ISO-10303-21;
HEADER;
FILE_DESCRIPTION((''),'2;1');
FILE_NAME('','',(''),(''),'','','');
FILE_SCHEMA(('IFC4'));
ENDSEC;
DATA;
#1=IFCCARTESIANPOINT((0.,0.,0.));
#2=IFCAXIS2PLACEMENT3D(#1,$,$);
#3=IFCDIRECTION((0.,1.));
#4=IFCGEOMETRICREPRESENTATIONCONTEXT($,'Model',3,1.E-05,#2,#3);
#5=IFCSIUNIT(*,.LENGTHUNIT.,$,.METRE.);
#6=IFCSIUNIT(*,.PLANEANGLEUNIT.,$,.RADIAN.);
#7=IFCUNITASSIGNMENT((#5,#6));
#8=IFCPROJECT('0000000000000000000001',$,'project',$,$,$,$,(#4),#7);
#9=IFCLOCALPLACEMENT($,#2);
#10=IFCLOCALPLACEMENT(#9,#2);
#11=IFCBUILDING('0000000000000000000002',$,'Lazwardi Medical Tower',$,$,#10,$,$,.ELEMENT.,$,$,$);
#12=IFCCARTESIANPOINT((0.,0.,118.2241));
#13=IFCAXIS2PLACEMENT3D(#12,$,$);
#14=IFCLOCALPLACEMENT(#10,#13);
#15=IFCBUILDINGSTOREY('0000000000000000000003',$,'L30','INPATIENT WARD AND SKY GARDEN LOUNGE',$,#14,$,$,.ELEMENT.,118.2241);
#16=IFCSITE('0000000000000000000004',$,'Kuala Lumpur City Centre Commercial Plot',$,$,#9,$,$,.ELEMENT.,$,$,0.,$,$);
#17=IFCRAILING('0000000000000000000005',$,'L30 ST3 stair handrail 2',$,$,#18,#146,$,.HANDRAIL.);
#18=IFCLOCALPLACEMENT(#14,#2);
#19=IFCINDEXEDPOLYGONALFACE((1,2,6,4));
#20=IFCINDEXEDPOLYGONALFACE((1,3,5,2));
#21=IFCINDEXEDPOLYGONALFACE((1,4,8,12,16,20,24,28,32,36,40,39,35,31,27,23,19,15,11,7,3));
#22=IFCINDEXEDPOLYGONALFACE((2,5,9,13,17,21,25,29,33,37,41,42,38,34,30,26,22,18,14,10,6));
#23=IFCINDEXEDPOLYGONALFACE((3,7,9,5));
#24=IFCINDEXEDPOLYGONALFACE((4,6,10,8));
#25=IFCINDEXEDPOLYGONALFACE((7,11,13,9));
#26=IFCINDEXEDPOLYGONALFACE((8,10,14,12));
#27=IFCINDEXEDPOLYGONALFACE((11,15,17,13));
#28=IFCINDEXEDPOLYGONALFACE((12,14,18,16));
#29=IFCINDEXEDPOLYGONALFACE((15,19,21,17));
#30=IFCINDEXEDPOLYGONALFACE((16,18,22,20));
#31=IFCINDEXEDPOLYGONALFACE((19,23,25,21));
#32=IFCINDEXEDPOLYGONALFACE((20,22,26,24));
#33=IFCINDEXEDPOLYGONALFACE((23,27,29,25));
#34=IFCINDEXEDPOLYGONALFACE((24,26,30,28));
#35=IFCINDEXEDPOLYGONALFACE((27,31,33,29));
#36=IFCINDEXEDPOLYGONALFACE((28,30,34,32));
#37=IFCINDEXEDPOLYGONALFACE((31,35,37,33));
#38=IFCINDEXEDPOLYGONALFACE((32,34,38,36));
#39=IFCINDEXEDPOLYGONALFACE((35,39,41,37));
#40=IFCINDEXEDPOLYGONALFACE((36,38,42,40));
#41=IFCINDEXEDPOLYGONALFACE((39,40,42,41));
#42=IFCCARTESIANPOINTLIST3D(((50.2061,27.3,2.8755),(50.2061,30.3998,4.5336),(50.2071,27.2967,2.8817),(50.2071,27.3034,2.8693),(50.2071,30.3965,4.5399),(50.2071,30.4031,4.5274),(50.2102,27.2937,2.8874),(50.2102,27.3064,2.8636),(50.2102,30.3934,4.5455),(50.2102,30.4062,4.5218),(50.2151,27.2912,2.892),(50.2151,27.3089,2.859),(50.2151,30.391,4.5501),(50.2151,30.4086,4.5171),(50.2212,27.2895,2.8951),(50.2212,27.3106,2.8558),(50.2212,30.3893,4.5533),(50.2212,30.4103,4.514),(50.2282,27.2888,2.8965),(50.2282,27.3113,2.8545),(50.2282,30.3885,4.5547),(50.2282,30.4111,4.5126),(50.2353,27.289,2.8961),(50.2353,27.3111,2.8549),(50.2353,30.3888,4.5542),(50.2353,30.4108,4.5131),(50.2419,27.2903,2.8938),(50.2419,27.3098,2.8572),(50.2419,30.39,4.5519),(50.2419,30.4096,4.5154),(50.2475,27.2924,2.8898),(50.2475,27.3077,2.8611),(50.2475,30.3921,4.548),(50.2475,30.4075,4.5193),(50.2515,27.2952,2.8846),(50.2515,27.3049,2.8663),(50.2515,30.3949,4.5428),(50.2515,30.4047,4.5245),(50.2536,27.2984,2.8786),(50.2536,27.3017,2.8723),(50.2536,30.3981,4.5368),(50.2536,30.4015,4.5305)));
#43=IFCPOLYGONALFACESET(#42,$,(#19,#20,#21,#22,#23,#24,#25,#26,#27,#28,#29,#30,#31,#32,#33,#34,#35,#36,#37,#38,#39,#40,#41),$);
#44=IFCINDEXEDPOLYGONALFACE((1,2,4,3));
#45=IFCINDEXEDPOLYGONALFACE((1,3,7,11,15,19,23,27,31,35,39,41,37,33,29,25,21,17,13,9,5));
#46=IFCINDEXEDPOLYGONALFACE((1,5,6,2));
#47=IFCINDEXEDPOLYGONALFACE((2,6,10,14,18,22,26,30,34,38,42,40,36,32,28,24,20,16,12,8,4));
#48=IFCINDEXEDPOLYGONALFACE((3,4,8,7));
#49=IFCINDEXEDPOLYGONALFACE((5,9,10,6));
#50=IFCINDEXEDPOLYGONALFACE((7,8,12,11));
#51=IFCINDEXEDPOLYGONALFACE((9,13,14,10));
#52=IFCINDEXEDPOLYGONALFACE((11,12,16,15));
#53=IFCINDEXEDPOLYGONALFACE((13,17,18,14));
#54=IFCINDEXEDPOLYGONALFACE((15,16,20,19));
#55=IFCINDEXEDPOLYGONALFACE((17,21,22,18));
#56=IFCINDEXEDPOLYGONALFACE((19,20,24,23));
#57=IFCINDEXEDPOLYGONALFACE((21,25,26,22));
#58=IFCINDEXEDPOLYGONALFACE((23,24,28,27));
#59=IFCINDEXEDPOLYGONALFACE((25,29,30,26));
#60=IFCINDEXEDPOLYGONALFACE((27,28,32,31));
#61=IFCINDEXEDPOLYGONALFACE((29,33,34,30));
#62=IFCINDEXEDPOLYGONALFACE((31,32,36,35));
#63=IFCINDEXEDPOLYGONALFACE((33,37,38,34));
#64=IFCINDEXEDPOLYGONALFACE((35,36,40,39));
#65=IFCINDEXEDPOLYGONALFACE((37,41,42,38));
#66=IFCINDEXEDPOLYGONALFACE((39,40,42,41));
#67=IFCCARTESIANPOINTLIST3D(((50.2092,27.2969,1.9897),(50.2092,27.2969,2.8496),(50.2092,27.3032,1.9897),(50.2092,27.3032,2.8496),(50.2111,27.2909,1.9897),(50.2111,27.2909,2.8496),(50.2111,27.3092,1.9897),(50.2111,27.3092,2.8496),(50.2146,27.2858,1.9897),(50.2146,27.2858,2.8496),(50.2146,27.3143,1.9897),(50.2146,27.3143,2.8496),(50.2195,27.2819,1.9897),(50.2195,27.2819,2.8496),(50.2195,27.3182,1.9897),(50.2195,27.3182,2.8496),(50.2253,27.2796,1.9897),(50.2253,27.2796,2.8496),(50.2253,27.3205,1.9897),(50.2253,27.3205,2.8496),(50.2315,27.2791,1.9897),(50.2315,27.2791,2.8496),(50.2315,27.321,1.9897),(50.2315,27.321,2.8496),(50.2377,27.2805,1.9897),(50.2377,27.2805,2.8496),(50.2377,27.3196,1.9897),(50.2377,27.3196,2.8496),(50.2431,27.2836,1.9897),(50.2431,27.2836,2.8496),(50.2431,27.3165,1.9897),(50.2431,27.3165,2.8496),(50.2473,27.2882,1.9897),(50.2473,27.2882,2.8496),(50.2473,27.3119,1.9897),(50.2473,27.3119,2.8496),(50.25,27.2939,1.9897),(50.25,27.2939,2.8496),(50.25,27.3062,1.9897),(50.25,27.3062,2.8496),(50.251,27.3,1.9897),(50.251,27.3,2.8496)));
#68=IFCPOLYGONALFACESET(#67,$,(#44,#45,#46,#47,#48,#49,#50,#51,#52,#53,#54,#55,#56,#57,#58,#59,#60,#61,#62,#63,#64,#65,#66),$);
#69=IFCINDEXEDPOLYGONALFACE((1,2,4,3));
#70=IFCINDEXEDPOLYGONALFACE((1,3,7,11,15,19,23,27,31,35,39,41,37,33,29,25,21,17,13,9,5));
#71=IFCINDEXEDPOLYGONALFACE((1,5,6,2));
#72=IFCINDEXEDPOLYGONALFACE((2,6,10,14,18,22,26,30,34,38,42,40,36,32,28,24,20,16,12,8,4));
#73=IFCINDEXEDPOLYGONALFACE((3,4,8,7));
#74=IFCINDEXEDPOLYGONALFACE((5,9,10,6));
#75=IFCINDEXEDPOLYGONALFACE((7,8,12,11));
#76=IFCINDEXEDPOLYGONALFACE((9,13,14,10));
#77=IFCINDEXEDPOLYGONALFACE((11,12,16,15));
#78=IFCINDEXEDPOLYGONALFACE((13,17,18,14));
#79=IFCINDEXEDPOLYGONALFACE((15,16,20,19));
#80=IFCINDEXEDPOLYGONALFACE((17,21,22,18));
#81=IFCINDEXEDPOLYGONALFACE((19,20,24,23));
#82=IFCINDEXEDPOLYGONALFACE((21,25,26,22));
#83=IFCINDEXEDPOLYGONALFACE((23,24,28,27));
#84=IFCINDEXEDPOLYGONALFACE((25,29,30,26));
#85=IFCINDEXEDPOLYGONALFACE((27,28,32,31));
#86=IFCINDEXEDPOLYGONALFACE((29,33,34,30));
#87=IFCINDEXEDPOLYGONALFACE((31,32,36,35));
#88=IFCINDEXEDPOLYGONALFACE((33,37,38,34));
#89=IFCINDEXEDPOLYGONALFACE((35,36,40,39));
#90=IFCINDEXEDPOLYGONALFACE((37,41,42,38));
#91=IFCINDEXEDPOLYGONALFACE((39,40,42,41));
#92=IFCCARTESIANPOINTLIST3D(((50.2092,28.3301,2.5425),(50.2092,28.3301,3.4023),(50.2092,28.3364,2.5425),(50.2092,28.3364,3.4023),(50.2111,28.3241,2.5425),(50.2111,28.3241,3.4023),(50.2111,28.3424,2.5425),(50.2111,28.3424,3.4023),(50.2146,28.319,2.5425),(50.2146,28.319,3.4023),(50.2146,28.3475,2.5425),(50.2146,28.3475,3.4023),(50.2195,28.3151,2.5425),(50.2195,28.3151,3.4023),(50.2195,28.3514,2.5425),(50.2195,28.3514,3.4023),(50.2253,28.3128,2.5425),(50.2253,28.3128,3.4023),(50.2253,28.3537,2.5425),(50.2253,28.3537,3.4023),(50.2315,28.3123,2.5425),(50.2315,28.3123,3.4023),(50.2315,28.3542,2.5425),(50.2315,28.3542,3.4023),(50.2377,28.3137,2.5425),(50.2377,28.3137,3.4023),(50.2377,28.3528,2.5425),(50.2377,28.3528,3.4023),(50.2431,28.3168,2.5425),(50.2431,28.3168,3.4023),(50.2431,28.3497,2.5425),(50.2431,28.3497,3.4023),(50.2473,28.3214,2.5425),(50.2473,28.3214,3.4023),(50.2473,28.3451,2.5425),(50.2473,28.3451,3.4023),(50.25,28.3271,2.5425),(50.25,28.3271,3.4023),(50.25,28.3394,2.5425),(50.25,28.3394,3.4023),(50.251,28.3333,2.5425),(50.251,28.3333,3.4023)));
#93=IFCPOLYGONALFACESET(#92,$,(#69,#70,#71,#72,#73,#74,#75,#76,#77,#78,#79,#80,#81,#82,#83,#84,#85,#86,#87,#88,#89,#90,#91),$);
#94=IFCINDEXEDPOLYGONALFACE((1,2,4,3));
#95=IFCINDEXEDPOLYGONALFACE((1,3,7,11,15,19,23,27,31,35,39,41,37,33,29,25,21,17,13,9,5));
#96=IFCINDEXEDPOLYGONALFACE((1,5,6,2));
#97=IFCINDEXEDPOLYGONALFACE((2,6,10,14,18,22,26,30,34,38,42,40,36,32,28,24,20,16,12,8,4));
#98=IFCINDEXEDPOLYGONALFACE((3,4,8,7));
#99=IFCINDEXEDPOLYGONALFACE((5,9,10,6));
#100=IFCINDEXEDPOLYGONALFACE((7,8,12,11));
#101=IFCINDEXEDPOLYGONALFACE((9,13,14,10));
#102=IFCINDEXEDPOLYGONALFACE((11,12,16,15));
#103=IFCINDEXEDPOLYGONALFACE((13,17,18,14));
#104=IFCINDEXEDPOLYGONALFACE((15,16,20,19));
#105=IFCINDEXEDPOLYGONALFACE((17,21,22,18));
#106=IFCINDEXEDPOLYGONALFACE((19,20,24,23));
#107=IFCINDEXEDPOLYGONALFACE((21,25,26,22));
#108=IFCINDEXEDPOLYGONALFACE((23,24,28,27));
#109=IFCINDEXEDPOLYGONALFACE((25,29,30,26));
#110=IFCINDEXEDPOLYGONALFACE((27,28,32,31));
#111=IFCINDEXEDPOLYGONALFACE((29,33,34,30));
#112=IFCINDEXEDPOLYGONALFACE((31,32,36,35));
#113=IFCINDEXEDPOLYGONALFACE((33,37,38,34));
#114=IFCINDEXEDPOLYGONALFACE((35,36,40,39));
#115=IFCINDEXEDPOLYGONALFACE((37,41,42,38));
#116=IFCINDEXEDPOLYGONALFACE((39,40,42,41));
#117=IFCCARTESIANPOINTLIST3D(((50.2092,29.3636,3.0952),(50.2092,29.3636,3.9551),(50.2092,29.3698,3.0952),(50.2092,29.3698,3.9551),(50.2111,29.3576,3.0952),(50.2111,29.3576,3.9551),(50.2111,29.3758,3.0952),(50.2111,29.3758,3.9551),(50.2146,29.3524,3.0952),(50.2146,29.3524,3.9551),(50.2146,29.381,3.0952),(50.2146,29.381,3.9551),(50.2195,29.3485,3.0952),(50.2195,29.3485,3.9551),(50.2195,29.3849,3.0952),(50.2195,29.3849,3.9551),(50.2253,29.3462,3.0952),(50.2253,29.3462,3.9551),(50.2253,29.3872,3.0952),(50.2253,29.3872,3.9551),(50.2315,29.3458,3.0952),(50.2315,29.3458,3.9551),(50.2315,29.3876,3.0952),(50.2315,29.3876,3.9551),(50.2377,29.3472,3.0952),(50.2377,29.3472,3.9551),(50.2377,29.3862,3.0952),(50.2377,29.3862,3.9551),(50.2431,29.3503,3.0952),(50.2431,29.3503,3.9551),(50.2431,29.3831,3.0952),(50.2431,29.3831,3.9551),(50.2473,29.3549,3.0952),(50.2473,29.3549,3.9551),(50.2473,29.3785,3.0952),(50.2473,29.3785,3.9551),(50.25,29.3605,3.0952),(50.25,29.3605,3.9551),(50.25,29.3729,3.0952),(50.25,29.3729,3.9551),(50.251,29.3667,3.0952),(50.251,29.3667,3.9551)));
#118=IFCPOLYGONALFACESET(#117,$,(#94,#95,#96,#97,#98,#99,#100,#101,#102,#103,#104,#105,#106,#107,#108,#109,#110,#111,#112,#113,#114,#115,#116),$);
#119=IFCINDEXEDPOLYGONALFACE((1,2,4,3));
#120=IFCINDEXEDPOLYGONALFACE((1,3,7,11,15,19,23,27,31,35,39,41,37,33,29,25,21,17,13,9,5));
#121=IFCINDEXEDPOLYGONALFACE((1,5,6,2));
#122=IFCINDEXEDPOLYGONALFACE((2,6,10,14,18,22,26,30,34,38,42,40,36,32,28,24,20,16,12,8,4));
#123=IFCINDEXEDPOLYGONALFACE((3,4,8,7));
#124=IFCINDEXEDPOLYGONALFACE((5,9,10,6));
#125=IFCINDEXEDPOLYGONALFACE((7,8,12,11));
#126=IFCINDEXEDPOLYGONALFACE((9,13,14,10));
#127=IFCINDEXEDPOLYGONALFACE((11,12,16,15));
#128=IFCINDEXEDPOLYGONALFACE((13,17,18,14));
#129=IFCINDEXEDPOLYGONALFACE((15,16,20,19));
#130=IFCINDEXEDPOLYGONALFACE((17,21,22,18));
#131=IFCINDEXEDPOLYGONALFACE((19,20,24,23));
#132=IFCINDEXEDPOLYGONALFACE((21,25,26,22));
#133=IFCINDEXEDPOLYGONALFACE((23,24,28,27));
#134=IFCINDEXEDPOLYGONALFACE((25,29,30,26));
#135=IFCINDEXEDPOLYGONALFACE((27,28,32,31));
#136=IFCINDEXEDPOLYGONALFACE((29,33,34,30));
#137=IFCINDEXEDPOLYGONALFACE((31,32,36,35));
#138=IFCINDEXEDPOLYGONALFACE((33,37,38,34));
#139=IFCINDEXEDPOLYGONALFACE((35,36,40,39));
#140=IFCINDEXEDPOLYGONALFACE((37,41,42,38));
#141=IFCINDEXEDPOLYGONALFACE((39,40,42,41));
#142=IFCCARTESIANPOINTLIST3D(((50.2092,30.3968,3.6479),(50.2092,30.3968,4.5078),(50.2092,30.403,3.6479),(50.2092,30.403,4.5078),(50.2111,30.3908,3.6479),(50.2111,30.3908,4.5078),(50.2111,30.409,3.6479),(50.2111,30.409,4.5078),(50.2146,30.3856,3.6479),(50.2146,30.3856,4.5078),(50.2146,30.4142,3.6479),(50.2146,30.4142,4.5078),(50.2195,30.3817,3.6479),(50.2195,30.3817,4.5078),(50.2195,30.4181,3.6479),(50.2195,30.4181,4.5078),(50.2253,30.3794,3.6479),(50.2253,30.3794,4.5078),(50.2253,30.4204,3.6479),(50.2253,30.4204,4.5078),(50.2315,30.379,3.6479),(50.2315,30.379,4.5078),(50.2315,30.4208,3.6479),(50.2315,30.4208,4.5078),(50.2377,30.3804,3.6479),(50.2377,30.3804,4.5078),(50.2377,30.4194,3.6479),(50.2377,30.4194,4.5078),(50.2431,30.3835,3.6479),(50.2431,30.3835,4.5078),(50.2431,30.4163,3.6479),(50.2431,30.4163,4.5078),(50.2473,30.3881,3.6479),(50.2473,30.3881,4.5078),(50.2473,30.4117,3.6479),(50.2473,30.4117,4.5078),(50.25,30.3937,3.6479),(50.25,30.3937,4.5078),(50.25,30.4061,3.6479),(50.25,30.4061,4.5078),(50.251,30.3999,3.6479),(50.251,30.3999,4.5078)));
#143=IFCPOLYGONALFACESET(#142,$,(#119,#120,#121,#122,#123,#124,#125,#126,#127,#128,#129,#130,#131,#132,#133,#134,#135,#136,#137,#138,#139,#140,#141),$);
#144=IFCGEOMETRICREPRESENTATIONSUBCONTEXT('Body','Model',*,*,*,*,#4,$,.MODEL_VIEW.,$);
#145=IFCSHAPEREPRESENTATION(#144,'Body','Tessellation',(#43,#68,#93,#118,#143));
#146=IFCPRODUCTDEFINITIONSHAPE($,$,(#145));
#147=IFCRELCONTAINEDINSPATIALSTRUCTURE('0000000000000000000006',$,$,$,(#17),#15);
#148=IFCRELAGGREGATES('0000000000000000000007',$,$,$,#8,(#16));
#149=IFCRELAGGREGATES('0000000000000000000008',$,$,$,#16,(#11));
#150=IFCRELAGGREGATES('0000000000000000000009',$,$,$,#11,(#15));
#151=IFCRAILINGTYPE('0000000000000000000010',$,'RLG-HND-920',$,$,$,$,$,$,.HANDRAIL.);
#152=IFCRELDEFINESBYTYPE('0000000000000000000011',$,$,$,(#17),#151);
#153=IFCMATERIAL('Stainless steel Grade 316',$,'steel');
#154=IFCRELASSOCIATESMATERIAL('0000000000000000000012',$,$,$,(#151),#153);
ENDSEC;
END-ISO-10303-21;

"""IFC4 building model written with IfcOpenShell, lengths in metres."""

from ifc_helpers import new_model, si_unit, direction, frame, origin, origin_2d, place, context, subcontext, project, spatial, circle, extrude, material, type_object, element, save


model = new_model("IFC4")

# Units and contexts
model_context = context("Model", 3, precision=1e-05, world=origin(), true_north=direction((0.0, 1.0)))
body_context = subcontext(model_context, "Body", "Model", "MODEL_VIEW")
ifc_project = project(units=[si_unit("LENGTHUNIT", "METRE"), si_unit("PLANEANGLEUNIT", "RADIAN")], contexts=[model_context])

# Site, building, storey
site_placement = place(None, origin())
site = spatial("IfcSite", under=ifc_project, at=site_placement, Name="Kuala Lumpur City Centre Commercial Plot", CompositionType="ELEMENT", RefElevation=0.0)
building_placement = place(site_placement, origin())
building = spatial("IfcBuilding", under=site, at=building_placement, Name="Lazwardi Medical Tower", CompositionType="ELEMENT")
storey_placement = place(building_placement, frame((0.0, 0.0, 118.2241)))
storey = spatial("IfcBuildingStorey", under=building, at=storey_placement, Name="L30", Description="INPATIENT WARD AND SKY GARDEN LOUNGE", CompositionType="ELEMENT", Elevation=118.2241)

# Railing
ifc_material_1 = material(Name="Stainless steel Grade 316", Category="steel")
railing_type_1 = type_object("IfcRailingType", Name="RLG-HND-920", PredefinedType="HANDRAIL", material=ifc_material_1)
railing_1_placement = place(storey_placement, frame((50.23, 27.3, 1.9897)))
element("IfcRailing", 1, at=railing_1_placement, inside=storey, type_object=railing_type_1, Name="L30 ST3 stair handrail 2", PredefinedType="HANDRAIL", context=body_context, shape_type="SweptSolid", body=[
    extrude(circle(Radius=0.0239, at=origin_2d()), frame((0.0, 0.0, 0.8857), z_axis=(0.0, 0.881768, 0.471684), x_axis=(-1.0, 0.0, 0.0)), (0.0, 0.0, 1.0), 3.5154),
    extrude(circle(Radius=0.021, at=origin_2d()), origin(), (0.0, 0.0, 1.0), 0.8599),
    extrude(circle(Radius=0.021, at=origin_2d()), frame((0.0, 1.0332, 0.5527)), (0.0, 0.0, 1.0), 0.8599),
    extrude(circle(Radius=0.021, at=origin_2d()), frame((0.0, 2.0667, 1.1055)), (0.0, 0.0, 1.0), 0.8599),
    extrude(circle(Radius=0.021, at=origin_2d()), frame((0.0, 3.0999, 1.6582)), (0.0, 0.0, 1.0), 0.8599),
])

save(model, "model.ifc")
